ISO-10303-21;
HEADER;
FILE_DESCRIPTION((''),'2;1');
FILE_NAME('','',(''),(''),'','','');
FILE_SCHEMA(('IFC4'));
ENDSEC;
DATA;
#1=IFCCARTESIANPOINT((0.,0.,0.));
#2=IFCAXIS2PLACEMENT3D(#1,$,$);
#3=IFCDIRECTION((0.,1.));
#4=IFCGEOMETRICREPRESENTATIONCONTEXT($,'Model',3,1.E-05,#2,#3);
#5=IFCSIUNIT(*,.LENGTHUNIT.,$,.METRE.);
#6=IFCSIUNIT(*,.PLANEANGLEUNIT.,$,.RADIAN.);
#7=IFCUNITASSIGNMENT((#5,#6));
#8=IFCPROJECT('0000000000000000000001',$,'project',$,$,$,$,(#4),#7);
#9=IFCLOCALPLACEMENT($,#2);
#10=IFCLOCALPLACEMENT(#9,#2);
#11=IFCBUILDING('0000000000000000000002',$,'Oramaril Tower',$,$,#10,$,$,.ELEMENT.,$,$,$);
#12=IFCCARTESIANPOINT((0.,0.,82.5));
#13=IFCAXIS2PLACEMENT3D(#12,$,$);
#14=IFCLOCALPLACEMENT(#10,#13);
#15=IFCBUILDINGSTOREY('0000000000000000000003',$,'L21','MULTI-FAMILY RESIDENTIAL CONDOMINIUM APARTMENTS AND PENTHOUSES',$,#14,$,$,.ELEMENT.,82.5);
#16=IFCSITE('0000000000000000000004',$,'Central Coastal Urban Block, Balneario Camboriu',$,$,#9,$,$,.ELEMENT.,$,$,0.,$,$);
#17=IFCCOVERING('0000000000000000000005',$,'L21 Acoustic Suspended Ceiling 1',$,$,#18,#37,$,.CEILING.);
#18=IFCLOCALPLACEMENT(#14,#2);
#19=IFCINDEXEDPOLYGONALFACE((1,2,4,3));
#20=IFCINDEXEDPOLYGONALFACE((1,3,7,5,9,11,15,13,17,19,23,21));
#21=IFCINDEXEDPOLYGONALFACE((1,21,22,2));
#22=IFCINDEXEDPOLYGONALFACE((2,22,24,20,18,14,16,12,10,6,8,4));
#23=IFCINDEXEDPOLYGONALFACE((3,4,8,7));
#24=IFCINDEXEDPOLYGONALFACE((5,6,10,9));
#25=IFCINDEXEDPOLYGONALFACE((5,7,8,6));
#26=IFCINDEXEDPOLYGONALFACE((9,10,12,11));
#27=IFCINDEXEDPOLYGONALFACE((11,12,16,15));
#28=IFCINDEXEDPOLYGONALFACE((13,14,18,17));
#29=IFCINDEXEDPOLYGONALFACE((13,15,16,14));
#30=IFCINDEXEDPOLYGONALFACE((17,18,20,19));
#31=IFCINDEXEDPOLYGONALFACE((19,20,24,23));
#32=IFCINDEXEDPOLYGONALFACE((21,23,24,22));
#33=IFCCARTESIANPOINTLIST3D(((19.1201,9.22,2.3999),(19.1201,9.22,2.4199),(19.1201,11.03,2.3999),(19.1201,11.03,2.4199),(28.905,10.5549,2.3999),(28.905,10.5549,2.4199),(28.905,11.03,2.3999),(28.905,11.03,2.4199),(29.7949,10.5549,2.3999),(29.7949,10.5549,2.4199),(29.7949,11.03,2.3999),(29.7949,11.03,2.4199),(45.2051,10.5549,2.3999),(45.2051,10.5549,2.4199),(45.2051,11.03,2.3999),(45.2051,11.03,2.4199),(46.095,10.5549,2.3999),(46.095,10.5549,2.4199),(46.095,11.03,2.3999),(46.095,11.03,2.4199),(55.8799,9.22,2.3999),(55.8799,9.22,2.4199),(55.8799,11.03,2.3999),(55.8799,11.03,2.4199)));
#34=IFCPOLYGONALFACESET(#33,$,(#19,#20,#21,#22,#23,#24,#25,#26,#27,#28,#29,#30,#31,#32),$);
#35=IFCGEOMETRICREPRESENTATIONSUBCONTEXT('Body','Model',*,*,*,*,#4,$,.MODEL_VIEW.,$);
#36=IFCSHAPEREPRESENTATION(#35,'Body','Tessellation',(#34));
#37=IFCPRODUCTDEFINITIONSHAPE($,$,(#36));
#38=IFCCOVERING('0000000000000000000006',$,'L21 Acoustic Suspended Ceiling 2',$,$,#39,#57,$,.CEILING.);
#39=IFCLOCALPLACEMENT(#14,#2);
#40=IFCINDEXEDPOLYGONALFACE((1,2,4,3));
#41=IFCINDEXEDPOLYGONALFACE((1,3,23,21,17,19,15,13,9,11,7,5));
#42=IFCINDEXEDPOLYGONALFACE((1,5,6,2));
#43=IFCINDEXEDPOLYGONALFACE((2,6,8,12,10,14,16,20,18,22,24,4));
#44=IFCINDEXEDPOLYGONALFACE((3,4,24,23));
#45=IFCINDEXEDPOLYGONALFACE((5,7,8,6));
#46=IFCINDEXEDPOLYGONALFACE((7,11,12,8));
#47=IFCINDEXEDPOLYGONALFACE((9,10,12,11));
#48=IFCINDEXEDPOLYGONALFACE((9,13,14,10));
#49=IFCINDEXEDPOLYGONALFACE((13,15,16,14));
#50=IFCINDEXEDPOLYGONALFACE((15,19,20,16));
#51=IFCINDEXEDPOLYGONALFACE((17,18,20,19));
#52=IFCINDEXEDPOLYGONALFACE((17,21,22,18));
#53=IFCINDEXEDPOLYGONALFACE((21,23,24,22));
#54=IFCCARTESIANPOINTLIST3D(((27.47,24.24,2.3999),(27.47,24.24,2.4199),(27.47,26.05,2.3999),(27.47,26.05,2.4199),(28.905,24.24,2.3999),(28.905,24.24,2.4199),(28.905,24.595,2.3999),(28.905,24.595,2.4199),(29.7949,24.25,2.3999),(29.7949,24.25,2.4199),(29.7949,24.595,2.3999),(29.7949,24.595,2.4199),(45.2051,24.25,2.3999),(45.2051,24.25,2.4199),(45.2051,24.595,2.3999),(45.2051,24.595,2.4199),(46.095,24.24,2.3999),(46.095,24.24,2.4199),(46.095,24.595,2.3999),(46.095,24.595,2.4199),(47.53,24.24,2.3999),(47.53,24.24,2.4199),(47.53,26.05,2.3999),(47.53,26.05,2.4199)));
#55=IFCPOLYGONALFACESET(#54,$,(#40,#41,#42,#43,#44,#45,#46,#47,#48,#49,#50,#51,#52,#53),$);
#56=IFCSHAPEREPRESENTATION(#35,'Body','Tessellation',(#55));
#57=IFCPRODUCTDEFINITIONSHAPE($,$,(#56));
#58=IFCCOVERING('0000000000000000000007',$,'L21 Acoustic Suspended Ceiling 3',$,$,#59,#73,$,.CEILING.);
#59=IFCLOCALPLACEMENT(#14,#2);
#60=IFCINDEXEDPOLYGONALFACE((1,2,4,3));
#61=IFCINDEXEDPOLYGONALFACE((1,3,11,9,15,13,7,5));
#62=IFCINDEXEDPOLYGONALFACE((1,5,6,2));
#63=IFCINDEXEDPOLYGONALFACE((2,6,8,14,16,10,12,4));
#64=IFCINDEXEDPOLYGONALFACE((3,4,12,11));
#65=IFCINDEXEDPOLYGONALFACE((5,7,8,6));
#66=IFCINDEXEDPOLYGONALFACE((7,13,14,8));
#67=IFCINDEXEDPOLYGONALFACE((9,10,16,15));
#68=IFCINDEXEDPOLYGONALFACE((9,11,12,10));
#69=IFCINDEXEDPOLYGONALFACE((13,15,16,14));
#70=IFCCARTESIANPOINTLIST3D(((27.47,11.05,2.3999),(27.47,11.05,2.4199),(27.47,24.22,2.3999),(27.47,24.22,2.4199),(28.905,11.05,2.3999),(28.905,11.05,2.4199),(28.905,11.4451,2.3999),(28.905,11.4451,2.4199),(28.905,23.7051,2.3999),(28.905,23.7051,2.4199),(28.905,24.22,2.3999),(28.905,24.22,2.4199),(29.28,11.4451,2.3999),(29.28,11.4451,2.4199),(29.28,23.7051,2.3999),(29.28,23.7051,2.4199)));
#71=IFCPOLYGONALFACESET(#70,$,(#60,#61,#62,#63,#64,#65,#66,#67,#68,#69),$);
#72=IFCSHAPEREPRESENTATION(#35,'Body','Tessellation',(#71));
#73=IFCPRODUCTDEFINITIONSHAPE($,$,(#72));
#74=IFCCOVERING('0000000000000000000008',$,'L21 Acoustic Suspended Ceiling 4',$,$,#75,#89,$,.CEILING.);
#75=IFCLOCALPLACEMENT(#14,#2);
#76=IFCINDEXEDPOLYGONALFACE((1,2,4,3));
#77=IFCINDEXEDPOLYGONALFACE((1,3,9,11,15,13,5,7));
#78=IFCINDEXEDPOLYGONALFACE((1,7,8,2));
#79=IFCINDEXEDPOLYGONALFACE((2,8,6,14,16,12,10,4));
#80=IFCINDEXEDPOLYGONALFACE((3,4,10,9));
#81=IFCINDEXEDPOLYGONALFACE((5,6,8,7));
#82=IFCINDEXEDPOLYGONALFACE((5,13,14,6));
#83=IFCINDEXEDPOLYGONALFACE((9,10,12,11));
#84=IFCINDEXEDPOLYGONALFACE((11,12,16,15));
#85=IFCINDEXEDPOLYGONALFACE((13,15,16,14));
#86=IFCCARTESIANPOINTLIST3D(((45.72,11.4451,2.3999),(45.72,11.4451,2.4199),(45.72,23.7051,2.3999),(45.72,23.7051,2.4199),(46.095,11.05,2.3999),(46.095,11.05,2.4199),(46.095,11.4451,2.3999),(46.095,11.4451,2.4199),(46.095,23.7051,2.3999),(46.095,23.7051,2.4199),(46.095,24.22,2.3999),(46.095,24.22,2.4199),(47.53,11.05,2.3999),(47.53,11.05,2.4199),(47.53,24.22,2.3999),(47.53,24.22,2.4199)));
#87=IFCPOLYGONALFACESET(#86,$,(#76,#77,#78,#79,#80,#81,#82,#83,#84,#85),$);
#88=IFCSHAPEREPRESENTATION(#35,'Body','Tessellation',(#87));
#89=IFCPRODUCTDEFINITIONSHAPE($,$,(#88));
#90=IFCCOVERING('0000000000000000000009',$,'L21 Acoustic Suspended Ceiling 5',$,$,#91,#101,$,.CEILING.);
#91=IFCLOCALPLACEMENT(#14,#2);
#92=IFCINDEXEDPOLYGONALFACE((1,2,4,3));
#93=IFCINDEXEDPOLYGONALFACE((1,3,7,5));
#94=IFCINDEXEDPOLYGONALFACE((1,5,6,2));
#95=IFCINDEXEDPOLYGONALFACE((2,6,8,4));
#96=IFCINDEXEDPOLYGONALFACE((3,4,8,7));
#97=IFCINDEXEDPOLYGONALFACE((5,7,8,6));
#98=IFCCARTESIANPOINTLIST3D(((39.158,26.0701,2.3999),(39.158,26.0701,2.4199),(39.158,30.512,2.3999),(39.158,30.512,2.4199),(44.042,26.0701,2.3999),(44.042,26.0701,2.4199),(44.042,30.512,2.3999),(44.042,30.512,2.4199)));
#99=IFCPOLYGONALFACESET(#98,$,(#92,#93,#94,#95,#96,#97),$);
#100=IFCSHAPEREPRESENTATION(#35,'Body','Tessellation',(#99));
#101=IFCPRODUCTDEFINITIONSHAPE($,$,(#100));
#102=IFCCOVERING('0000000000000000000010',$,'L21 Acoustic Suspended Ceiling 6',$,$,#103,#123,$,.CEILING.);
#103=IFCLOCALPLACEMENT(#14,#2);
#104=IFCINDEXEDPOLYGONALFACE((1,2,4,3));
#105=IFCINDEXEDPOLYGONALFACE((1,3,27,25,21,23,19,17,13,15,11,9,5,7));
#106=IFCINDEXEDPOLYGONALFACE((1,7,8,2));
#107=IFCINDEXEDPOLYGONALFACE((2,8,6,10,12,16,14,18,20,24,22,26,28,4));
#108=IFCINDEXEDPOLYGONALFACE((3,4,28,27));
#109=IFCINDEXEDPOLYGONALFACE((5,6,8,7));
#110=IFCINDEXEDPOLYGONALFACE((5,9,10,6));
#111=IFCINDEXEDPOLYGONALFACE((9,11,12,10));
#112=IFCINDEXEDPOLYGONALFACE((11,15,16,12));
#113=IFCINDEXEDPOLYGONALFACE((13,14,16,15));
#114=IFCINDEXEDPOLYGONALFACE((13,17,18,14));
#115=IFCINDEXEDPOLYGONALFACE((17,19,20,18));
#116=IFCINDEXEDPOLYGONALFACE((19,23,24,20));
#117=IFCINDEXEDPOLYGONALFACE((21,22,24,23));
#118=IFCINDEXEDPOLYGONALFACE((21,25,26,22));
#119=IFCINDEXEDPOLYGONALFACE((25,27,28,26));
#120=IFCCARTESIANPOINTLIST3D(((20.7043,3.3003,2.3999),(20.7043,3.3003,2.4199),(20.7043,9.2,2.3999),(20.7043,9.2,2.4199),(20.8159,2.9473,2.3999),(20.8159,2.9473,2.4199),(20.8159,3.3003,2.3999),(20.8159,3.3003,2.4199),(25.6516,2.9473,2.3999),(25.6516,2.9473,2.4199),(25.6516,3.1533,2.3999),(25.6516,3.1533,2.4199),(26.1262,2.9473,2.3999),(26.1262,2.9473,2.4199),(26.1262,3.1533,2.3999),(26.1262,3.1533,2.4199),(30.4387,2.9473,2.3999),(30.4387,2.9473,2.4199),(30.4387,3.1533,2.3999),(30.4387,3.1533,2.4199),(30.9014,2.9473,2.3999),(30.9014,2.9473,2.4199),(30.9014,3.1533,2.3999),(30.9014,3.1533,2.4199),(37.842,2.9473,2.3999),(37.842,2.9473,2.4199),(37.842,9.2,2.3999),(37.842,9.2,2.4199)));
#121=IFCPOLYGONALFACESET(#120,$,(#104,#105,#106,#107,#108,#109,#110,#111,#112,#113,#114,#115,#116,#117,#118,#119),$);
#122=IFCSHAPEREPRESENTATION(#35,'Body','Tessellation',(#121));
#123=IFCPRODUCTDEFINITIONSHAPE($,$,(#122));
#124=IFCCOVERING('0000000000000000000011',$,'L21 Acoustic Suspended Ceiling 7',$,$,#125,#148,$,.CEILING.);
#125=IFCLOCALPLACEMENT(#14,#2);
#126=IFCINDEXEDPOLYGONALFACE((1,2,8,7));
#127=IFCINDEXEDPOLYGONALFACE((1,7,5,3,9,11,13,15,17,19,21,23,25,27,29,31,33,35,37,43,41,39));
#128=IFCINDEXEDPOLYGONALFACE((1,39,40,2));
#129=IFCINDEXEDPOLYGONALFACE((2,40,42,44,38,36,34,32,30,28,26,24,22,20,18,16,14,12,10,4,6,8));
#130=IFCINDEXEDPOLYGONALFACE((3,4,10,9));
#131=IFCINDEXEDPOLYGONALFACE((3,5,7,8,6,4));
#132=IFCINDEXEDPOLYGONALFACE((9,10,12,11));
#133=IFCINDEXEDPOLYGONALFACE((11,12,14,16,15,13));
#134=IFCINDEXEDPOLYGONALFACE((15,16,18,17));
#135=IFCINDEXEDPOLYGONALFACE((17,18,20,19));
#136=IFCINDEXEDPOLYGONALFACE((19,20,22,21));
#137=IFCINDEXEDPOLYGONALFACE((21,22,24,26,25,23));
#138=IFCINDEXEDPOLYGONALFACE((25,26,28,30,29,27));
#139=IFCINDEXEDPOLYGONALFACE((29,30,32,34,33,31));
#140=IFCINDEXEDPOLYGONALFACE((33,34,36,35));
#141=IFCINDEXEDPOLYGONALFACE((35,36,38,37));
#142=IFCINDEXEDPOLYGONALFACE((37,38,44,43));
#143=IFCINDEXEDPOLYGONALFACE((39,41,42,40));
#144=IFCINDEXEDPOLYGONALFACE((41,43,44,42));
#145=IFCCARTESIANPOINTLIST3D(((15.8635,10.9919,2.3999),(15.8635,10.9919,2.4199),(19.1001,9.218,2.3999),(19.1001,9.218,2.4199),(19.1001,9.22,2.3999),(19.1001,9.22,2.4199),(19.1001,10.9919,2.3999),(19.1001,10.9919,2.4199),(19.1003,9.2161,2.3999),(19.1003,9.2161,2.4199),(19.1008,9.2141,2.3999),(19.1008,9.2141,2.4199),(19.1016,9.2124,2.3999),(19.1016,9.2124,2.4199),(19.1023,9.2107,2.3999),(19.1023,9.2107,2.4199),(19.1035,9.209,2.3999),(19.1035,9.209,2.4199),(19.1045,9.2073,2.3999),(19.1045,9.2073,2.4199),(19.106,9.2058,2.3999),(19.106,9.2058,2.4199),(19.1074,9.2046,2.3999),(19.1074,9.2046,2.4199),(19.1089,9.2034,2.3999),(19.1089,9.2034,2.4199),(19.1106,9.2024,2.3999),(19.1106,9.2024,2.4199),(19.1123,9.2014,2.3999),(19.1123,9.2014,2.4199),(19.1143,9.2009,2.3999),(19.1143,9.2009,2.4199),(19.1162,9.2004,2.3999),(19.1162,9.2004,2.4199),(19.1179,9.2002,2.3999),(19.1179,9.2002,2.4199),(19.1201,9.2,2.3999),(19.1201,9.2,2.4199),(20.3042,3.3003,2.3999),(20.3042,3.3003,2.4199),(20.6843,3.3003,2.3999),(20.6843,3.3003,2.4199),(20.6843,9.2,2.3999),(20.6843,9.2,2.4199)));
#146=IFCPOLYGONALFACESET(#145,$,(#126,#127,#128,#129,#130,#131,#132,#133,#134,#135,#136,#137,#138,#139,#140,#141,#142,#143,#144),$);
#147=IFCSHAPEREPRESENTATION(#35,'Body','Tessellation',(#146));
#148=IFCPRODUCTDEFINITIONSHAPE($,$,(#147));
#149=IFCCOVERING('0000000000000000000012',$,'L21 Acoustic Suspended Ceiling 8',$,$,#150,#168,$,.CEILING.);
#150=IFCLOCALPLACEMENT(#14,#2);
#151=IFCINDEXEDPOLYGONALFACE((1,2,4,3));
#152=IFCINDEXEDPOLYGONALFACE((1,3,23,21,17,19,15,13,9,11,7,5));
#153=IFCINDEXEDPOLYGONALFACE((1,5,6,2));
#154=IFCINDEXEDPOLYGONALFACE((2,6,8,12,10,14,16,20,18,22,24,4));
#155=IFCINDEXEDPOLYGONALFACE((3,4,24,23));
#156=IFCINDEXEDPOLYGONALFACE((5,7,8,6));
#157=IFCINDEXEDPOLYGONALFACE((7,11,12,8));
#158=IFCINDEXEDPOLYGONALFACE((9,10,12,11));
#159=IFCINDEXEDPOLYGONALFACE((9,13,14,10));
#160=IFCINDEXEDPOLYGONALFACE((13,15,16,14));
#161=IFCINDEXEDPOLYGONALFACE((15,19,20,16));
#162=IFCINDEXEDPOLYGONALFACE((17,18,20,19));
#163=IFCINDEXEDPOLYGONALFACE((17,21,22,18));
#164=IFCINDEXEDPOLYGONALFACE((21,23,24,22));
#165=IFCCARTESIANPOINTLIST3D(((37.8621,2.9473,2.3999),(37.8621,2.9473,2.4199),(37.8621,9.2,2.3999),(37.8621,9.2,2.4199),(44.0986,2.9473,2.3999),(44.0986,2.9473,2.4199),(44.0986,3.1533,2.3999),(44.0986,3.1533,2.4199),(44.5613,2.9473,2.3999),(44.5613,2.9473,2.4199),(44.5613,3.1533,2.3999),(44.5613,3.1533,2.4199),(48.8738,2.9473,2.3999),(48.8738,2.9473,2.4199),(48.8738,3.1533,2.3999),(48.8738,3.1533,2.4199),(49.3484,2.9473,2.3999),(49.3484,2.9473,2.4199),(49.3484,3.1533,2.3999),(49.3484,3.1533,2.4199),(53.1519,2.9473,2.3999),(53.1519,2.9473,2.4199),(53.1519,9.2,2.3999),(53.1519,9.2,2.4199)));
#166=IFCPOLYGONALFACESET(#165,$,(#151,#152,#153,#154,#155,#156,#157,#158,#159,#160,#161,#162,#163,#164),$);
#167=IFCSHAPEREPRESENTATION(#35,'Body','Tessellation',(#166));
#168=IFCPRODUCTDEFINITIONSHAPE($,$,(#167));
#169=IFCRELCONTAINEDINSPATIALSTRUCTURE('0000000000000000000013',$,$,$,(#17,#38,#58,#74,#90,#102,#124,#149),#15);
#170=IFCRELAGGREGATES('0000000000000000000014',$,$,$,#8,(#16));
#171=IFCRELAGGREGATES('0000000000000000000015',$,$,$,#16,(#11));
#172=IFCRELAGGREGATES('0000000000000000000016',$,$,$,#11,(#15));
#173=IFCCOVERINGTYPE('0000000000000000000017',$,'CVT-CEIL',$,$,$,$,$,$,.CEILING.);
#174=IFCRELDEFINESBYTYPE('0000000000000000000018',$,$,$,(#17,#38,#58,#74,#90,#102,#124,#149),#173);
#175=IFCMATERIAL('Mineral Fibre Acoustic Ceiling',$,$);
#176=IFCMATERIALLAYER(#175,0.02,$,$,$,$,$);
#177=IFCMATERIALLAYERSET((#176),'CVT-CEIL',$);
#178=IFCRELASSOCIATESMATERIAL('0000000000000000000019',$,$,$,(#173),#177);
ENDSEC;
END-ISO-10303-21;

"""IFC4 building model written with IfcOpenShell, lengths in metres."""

from ifc_helpers import new_model, si_unit, direction, frame, origin, place, context, subcontext, project, spatial, polyline, outline, extrude, material, layer, layer_set, type_object, element, save


model = new_model("IFC4")

# Units and contexts
model_context = context("Model", 3, precision=1e-05, world=origin(), true_north=direction((0.0, 1.0)))
body_context = subcontext(model_context, "Body", "Model", "MODEL_VIEW")
ifc_project = project(units=[si_unit("LENGTHUNIT", "METRE"), si_unit("PLANEANGLEUNIT", "RADIAN")], contexts=[model_context])

# Site, building, storey
site_placement = place(None, origin())
site = spatial("IfcSite", under=ifc_project, at=site_placement, Name="Central Coastal Urban Block, Balneario Camboriu", CompositionType="ELEMENT", RefElevation=0.0)
building_placement = place(site_placement, origin())
building = spatial("IfcBuilding", under=site, at=building_placement, Name="Oramaril Tower", CompositionType="ELEMENT")
storey_placement = place(building_placement, frame((0.0, 0.0, 82.5)))
storey = spatial("IfcBuildingStorey", under=building, at=storey_placement, Name="L21", Description="MULTI-FAMILY RESIDENTIAL CONDOMINIUM APARTMENTS AND PENTHOUSES", CompositionType="ELEMENT", Elevation=82.5)

# Coverings
ifc_material_1 = material(Name="Mineral Fibre Acoustic Ceiling")
ifc_layer_1 = layer(ifc_material_1, 0.02)
ifc_layer_set_1 = layer_set([ifc_layer_1], Name="CVT-CEIL")
covering_type_1 = type_object("IfcCoveringType", Name="CVT-CEIL", PredefinedType="CEILING", material=ifc_layer_set_1)
covering_1_placement = place(storey_placement, frame((0.0, 0.0, 2.3999)))
element("IfcCovering", 1, at=covering_1_placement, inside=storey, type_object=covering_type_1, Name="L21 Acoustic Suspended Ceiling 1", PredefinedType="CEILING", context=body_context, shape_type="SweptSolid", body=[
    extrude(outline(polyline([(28.905, 10.5549), (29.7949, 10.5549), (29.7949, 11.03), (45.2051, 11.03), (45.2051, 10.5549), (46.095, 10.5549), (46.095, 11.03), (55.8799, 11.03), (55.8799, 9.22), (19.1201, 9.22), (19.1201, 11.03), (28.905, 11.03), (28.905, 10.5549)])), origin(), (0.0, 0.0, 1.0), 0.02),
])
covering_2_placement = place(storey_placement, frame((0.0, 0.0, 2.3999)))
element("IfcCovering", 2, at=covering_2_placement, inside=storey, type_object=covering_type_1, Name="L21 Acoustic Suspended Ceiling 2", PredefinedType="CEILING", context=body_context, shape_type="SweptSolid", body=[
    extrude(outline(polyline([(47.53, 24.24), (46.095, 24.24), (46.095, 24.595), (45.2051, 24.595), (45.2051, 24.25), (29.7949, 24.25), (29.7949, 24.595), (28.905, 24.595), (28.905, 24.24), (27.47, 24.24), (27.47, 26.05), (47.53, 26.05), (47.53, 24.24)])), origin(), (0.0, 0.0, 1.0), 0.02),
])
covering_3_placement = place(storey_placement, frame((0.0, 0.0, 2.3999)))
element("IfcCovering", 3, at=covering_3_placement, inside=storey, type_object=covering_type_1, Name="L21 Acoustic Suspended Ceiling 3", PredefinedType="CEILING", context=body_context, shape_type="SweptSolid", body=[
    extrude(outline(polyline([(28.905, 23.7051), (29.28, 23.7051), (29.28, 11.4451), (28.905, 11.4451), (28.905, 11.05), (27.47, 11.05), (27.47, 24.22), (28.905, 24.22), (28.905, 23.7051)])), origin(), (0.0, 0.0, 1.0), 0.02),
])
covering_4_placement = place(storey_placement, frame((0.0, 0.0, 2.3999)))
element("IfcCovering", 4, at=covering_4_placement, inside=storey, type_object=covering_type_1, Name="L21 Acoustic Suspended Ceiling 4", PredefinedType="CEILING", context=body_context, shape_type="SweptSolid", body=[
    extrude(outline(polyline([(47.53, 11.05), (46.095, 11.05), (46.095, 11.4451), (45.72, 11.4451), (45.72, 23.7051), (46.095, 23.7051), (46.095, 24.22), (47.53, 24.22), (47.53, 11.05)])), origin(), (0.0, 0.0, 1.0), 0.02),
])
covering_5_placement = place(storey_placement, frame((0.0, 0.0, 2.3999)))
element("IfcCovering", 5, at=covering_5_placement, inside=storey, type_object=covering_type_1, Name="L21 Acoustic Suspended Ceiling 5", PredefinedType="CEILING", context=body_context, shape_type="SweptSolid", body=[
    extrude(outline(polyline([(44.042, 30.512), (44.042, 26.0701), (39.158, 26.0701), (39.158, 30.512), (44.042, 30.512)])), origin(), (0.0, 0.0, 1.0), 0.02),
])
covering_6_placement = place(storey_placement, frame((0.0, 0.0, 2.3999)))
element("IfcCovering", 6, at=covering_6_placement, inside=storey, type_object=covering_type_1, Name="L21 Acoustic Suspended Ceiling 6", PredefinedType="CEILING", context=body_context, shape_type="SweptSolid", body=[
    extrude(outline(polyline([(30.9014, 3.1533), (30.4387, 3.1533), (30.4387, 2.9473), (26.1262, 2.9473), (26.1262, 3.1533), (25.6516, 3.1533), (25.6516, 2.9473), (20.8159, 2.9473), (20.8159, 3.3003), (20.7043, 3.3003), (20.7043, 9.2), (37.842, 9.2), (37.842, 2.9473), (30.9014, 2.9473), (30.9014, 3.1533)])), origin(), (0.0, 0.0, 1.0), 0.02),
])
covering_7_placement = place(storey_placement, frame((0.0, 0.0, 2.3999)))
element("IfcCovering", 7, at=covering_7_placement, inside=storey, type_object=covering_type_1, Name="L21 Acoustic Suspended Ceiling 7", PredefinedType="CEILING", context=body_context, shape_type="SweptSolid", body=[
    extrude(outline(polyline([(20.3042, 3.3003), (15.8635, 10.9919), (19.1001, 10.9919), (19.1001, 9.22), (19.1001, 9.218), (19.1003, 9.2161), (19.1008, 9.2141), (19.1016, 9.2124), (19.1023, 9.2107), (19.1035, 9.209), (19.1045, 9.2073), (19.106, 9.2058), (19.1074, 9.2046), (19.1089, 9.2034), (19.1106, 9.2024), (19.1123, 9.2014), (19.1143, 9.2009), (19.1162, 9.2004), (19.1179, 9.2002), (19.1201, 9.2), (20.6843, 9.2), (20.6843, 3.3003), (20.3042, 3.3003)])), origin(), (0.0, 0.0, 1.0), 0.02),
])
covering_8_placement = place(storey_placement, frame((0.0, 0.0, 2.3999)))
element("IfcCovering", 8, at=covering_8_placement, inside=storey, type_object=covering_type_1, Name="L21 Acoustic Suspended Ceiling 8", PredefinedType="CEILING", context=body_context, shape_type="SweptSolid", body=[
    extrude(outline(polyline([(49.3484, 2.9473), (49.3484, 3.1533), (48.8738, 3.1533), (48.8738, 2.9473), (44.5613, 2.9473), (44.5613, 3.1533), (44.0986, 3.1533), (44.0986, 2.9473), (37.8621, 2.9473), (37.8621, 9.2), (53.1519, 9.2), (53.1519, 2.9473), (49.3484, 2.9473)])), origin(), (0.0, 0.0, 1.0), 0.02),
])

save(model, "model.ifc")
